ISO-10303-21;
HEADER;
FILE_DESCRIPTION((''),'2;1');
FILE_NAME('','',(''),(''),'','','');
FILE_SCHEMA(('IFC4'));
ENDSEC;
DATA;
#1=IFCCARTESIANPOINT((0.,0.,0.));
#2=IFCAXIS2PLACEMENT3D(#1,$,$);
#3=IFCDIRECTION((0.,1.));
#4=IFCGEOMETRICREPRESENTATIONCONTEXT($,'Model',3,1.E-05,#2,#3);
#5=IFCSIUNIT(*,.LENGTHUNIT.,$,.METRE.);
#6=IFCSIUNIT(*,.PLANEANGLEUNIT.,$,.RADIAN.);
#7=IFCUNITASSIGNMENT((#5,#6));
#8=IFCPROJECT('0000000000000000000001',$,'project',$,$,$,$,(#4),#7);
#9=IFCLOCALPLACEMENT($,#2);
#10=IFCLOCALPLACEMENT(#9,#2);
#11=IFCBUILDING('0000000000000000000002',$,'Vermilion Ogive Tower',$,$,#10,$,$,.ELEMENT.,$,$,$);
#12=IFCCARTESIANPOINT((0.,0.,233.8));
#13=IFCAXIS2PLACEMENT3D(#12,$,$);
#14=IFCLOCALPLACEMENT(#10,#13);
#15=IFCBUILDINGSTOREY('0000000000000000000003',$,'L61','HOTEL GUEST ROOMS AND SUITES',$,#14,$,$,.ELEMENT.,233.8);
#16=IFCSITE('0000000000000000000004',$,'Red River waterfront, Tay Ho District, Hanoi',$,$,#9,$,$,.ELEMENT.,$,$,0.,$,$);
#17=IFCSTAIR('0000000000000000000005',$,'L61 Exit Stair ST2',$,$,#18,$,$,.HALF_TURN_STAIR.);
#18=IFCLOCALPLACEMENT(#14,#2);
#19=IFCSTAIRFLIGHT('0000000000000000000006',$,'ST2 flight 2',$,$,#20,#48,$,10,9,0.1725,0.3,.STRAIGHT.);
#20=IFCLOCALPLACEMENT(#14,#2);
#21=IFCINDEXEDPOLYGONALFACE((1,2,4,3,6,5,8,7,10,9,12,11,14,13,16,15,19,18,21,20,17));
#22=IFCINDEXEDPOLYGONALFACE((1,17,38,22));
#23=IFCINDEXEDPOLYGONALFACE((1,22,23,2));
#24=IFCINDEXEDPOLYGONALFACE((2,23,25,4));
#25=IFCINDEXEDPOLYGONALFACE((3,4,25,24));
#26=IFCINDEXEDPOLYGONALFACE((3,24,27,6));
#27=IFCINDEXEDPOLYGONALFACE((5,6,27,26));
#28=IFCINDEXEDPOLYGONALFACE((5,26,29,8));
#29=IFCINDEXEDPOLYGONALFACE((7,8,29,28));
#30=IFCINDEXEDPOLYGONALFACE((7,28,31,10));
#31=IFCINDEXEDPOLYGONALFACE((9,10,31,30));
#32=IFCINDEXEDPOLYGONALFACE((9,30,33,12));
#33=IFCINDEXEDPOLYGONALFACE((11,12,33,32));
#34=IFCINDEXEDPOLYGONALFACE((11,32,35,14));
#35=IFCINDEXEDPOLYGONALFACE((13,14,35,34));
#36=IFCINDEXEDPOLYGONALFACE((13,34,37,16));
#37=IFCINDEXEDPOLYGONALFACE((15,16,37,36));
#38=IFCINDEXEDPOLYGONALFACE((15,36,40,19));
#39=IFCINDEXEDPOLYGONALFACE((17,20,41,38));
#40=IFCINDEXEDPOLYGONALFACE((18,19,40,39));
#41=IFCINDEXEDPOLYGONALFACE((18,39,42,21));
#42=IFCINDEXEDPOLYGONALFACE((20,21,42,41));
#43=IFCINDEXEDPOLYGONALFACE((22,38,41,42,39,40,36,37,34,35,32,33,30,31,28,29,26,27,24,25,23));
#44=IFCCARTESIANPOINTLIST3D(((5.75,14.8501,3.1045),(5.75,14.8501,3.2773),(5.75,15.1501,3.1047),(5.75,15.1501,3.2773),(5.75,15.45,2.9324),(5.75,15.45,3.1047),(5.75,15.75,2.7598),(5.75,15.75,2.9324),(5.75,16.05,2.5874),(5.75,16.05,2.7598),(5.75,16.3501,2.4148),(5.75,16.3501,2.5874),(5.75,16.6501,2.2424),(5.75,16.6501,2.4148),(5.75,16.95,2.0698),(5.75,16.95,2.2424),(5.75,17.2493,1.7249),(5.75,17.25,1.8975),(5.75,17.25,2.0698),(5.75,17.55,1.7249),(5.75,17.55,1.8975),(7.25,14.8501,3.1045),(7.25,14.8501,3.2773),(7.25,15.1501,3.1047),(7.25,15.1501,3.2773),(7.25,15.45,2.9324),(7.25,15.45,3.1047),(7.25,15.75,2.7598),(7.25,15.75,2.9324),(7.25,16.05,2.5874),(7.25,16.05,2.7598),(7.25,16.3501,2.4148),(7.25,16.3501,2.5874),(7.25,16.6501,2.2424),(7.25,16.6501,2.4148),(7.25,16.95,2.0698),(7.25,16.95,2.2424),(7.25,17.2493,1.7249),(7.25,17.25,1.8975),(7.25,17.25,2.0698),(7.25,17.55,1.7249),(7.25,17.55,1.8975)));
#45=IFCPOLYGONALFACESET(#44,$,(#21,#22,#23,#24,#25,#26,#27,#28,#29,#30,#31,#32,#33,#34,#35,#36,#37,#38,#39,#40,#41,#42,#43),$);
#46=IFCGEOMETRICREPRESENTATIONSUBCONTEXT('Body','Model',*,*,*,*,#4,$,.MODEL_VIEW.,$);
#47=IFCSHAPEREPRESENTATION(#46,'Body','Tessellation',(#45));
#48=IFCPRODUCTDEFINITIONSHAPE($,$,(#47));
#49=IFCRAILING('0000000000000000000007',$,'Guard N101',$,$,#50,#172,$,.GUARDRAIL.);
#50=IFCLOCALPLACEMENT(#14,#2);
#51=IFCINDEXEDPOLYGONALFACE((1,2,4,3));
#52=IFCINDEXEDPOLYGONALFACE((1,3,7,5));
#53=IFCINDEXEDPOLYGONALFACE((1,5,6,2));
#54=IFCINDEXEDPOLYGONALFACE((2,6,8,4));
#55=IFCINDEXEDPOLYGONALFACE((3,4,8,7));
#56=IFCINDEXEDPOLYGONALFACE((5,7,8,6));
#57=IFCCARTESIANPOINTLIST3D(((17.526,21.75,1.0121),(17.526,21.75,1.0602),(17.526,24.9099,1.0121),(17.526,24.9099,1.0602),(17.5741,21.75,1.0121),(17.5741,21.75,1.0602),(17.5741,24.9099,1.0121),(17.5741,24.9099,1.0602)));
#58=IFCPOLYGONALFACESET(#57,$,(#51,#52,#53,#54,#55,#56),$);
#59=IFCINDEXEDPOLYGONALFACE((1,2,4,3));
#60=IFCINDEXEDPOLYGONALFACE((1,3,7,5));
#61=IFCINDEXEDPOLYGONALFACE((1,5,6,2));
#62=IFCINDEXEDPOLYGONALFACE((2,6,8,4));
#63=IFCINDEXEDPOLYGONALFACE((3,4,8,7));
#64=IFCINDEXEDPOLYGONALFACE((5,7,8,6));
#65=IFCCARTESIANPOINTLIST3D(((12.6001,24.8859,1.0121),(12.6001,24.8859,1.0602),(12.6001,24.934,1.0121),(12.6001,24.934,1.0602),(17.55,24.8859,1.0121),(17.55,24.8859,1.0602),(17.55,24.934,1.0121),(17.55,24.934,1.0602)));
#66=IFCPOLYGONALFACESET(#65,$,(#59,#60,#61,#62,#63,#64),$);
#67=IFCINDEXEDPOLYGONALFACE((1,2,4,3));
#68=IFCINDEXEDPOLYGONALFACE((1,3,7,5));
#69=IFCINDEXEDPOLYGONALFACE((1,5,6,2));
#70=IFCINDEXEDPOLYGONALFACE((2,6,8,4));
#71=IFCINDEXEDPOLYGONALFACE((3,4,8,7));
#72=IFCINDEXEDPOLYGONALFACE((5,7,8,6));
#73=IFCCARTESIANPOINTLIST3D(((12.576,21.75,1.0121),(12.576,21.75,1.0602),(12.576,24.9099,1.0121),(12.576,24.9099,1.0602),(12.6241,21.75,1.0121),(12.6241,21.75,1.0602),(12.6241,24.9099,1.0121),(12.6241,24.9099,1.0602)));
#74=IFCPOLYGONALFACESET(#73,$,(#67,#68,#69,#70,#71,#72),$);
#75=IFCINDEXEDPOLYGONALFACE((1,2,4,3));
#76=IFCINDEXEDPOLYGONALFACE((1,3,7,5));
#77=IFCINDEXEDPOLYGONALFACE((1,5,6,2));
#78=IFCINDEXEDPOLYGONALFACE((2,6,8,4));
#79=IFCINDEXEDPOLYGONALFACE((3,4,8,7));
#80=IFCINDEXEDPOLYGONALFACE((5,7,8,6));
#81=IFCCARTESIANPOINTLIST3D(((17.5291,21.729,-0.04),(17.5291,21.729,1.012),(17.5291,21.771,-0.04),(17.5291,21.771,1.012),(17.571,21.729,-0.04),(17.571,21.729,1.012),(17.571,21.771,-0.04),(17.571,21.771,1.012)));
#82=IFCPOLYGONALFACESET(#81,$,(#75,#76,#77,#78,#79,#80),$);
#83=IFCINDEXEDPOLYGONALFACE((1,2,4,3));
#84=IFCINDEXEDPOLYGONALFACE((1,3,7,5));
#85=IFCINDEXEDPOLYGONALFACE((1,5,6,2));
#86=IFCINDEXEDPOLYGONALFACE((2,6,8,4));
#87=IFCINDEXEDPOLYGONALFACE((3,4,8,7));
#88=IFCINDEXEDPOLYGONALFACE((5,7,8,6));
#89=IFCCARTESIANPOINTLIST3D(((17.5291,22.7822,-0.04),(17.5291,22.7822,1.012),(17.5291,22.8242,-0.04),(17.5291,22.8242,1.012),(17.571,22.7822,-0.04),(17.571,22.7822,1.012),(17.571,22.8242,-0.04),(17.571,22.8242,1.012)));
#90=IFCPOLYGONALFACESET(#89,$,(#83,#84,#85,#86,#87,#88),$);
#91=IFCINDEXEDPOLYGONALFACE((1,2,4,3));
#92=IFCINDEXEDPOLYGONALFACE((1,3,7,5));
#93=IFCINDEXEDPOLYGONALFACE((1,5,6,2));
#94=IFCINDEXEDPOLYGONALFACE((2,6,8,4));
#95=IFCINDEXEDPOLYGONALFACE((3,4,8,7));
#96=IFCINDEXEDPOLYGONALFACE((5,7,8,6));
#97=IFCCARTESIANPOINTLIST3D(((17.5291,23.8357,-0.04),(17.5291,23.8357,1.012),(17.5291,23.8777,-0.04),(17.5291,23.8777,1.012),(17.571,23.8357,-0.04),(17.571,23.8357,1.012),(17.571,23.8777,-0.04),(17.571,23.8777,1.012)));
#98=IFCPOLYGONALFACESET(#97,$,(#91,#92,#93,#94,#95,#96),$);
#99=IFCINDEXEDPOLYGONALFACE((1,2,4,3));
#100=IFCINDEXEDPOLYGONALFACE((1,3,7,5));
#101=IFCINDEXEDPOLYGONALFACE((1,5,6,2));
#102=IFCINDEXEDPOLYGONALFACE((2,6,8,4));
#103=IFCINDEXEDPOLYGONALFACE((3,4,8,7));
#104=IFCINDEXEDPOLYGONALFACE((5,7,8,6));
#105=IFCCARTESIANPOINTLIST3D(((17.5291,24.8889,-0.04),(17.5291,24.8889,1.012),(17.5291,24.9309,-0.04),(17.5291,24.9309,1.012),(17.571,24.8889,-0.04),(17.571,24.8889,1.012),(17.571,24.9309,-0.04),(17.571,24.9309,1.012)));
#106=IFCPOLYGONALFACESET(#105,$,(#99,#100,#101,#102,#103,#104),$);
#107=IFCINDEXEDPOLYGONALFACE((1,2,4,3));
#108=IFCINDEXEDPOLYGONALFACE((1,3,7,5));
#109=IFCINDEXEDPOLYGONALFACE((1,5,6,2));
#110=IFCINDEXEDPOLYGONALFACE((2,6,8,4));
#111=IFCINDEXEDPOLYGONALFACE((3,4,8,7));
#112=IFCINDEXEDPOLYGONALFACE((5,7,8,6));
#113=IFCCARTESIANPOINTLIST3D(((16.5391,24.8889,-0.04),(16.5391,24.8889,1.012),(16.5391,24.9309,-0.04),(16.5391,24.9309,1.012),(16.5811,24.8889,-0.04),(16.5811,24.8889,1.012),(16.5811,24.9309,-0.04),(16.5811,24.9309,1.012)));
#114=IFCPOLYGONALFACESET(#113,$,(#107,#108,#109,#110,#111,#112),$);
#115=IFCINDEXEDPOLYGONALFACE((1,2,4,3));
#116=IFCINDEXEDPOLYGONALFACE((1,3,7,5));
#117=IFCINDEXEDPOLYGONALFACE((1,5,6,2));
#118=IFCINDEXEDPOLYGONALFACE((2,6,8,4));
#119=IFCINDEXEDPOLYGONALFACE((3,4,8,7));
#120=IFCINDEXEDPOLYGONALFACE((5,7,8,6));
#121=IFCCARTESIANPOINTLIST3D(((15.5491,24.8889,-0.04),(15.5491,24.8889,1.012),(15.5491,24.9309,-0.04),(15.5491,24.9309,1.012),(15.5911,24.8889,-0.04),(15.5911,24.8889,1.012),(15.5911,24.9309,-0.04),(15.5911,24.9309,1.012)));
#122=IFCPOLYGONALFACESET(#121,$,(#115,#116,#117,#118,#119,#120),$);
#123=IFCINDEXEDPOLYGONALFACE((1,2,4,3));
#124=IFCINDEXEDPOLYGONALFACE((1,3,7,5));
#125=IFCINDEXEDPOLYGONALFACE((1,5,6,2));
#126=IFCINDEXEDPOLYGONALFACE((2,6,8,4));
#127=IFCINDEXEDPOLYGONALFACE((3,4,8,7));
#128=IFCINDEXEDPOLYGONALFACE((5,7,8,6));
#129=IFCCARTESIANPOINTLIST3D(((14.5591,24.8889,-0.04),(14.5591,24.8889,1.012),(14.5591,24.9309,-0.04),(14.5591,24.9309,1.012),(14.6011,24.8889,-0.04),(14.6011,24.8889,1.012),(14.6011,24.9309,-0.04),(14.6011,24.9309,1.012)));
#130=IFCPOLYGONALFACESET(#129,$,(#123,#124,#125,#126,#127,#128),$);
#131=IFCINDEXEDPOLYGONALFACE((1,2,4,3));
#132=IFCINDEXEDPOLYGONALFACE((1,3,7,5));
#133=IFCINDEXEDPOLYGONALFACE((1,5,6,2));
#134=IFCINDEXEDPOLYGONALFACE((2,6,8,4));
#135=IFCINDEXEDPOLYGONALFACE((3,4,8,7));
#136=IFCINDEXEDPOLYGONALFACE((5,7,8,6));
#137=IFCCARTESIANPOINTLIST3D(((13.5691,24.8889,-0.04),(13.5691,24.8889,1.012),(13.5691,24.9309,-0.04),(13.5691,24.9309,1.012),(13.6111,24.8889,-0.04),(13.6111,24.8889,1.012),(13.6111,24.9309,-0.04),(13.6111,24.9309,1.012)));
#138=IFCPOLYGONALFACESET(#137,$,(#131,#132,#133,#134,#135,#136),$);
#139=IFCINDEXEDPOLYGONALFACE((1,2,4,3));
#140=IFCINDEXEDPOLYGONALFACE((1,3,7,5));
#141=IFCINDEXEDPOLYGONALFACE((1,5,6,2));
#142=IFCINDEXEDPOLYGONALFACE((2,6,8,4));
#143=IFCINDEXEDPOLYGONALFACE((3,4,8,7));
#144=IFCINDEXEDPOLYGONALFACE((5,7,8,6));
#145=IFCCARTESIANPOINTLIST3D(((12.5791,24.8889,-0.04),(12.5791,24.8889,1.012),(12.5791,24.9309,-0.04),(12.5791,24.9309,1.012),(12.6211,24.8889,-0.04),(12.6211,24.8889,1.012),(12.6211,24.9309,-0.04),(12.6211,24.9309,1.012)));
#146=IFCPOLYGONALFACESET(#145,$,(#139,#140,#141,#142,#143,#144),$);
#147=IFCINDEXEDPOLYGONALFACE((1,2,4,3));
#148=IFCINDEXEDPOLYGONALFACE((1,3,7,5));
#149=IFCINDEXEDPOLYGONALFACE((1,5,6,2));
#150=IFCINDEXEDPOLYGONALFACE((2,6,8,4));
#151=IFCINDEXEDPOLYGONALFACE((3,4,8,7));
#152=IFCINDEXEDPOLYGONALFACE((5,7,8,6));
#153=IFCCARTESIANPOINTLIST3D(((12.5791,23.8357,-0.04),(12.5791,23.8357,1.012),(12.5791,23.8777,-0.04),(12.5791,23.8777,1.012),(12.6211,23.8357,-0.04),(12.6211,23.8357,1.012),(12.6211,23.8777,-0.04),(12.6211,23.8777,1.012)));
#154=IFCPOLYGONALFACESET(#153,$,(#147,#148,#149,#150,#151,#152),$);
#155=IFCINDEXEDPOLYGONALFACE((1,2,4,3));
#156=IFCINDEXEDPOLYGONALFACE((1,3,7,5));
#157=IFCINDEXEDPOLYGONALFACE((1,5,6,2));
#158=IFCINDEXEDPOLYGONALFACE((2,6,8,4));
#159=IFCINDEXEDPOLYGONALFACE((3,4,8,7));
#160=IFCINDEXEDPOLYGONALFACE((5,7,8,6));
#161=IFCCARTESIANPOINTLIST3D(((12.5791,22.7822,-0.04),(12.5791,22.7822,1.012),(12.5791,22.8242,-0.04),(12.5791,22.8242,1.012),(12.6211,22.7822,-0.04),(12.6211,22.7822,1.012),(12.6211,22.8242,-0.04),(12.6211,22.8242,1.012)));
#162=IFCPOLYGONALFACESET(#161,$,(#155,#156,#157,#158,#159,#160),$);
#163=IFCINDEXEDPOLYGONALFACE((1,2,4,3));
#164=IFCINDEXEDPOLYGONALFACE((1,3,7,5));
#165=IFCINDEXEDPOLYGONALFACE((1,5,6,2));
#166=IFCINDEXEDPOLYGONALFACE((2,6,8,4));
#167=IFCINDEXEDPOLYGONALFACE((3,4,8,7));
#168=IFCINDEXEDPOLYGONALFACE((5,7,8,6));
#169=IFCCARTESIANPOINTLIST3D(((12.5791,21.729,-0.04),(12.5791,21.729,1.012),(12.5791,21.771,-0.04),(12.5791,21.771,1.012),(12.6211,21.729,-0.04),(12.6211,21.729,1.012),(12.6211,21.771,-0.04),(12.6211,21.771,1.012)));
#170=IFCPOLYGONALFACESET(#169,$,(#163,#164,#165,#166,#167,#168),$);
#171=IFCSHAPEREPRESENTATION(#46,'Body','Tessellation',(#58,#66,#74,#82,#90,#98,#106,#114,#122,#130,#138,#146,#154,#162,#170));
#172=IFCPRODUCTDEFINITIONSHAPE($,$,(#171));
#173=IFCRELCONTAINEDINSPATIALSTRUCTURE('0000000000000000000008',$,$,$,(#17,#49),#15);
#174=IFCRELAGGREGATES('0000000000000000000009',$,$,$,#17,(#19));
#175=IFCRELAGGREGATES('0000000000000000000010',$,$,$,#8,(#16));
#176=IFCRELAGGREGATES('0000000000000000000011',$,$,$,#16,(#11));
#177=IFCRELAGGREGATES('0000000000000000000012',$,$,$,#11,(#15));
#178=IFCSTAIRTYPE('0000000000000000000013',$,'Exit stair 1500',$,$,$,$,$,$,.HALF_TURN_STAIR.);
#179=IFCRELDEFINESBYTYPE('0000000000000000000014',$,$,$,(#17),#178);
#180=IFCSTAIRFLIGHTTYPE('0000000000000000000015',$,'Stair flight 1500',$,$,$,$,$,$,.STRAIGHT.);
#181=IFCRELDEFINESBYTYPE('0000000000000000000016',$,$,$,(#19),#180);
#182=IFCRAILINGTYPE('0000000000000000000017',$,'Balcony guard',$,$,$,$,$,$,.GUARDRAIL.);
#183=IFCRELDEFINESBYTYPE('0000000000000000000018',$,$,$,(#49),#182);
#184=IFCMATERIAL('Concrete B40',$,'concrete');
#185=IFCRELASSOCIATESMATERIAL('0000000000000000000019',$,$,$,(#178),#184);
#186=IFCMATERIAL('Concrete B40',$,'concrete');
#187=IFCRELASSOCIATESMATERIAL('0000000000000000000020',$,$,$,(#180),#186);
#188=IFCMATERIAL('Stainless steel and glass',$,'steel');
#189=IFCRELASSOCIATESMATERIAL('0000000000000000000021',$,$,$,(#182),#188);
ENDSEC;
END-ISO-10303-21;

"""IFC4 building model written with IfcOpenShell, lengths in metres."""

from ifc_helpers import new_model, si_unit, direction, frame, origin, origin_2d, place, context, subcontext, project, spatial, polyline, rectangle, outline, extrude, material, type_object, element, aggregate, save


model = new_model("IFC4")

# Units and contexts
model_context = context("Model", 3, precision=1e-05, world=origin(), true_north=direction((0.0, 1.0)))
body_context = subcontext(model_context, "Body", "Model", "MODEL_VIEW")
ifc_project = project(units=[si_unit("LENGTHUNIT", "METRE"), si_unit("PLANEANGLEUNIT", "RADIAN")], contexts=[model_context])

# Site, building, storey
site_placement = place(None, origin())
site = spatial("IfcSite", under=ifc_project, at=site_placement, Name="Red River waterfront, Tay Ho District, Hanoi", CompositionType="ELEMENT", RefElevation=0.0)
building_placement = place(site_placement, origin())
building = spatial("IfcBuilding", under=site, at=building_placement, Name="Vermilion Ogive Tower", CompositionType="ELEMENT")
storey_placement = place(building_placement, frame((0.0, 0.0, 233.8)))
storey = spatial("IfcBuildingStorey", under=building, at=storey_placement, Name="L61", Description="HOTEL GUEST ROOMS AND SUITES", CompositionType="ELEMENT", Elevation=233.8)

# Stair, stair flight
ifc_material_1 = material(Name="Concrete B40", Category="concrete")
stair_type = type_object("IfcStairType", Name="Exit stair 1500", PredefinedType="HALF_TURN_STAIR", material=ifc_material_1)
stair_placement = place(storey_placement, origin())
stair = element("IfcStair", 1, at=stair_placement, inside=storey, type_object=stair_type, Name="L61 Exit Stair ST2", PredefinedType="HALF_TURN_STAIR")
ifc_material_2 = material(Name="Concrete B40", Category="concrete")
stair_flight_type = type_object("IfcStairFlightType", Name="Stair flight 1500", PredefinedType="STRAIGHT", material=ifc_material_2)
stair_flight_placement = place(storey_placement, frame((6.5, 17.55, 1.7249), z_axis=(0.0, 0.0, 1.0), x_axis=(0.0, -1.0, 0.0)))
stair_flight = element("IfcStairFlight", 2, at=stair_flight_placement, type_object=stair_flight_type, Name="ST2 flight 2", NumberOfRisers=10, NumberOfTreads=9, PredefinedType="STRAIGHT", RiserHeight=0.1725, TreadLength=0.3, context=body_context, shape_type="SweptSolid", body=[
    extrude(outline(polyline([(0.0, 0.0), (0.0, 0.1726), (0.3, 0.1726), (0.3, 0.345), (0.6001, 0.345), (0.6001, 0.5176), (0.8999, 0.5176), (0.8999, 0.6899), (1.2, 0.6899), (1.2, 0.8625), (1.5, 0.8625), (1.5, 1.0349), (1.8, 1.0349), (1.8, 1.2075), (2.1001, 1.2075), (2.1001, 1.3799), (2.3999, 1.3799), (2.3999, 1.5525), (2.7, 1.5525), (2.7, 1.7251), (2.7, 1.3796), (0.3008, 0.0), (0.0, 0.0)])), frame((0.0, 0.75, 0.0), z_axis=(0.0, -1.0, 0.0), x_axis=(1.0, 0.0, 0.0)), (0.0, 0.0, 1.0), 1.5),
])
aggregate(stair, [stair_flight])

# Railing
ifc_material_3 = material(Name="Stainless steel and glass", Category="steel")
railing_type_1 = type_object("IfcRailingType", Name="Balcony guard", PredefinedType="GUARDRAIL", material=ifc_material_3)
railing_1_placement = place(storey_placement, frame((17.55, 21.75, -0.04)))
element("IfcRailing", 3, at=railing_1_placement, inside=storey, type_object=railing_type_1, Name="Guard N101", PredefinedType="GUARDRAIL", context=body_context, shape_type="SweptSolid", body=[
    extrude(rectangle(XDim=0.0481, YDim=0.0481, at=origin_2d()), frame((0.0, 0.0, 1.0762), z_axis=(0.0, 1.0, 0.0), x_axis=(-1.0, 0.0, 0.0)), (0.0, 0.0, 1.0), 3.1599),
    extrude(rectangle(XDim=0.0481, YDim=0.0481, at=origin_2d()), frame((0.0, 3.1599, 1.0762), z_axis=(-1.0, 0.0, 0.0), x_axis=(0.0, -1.0, 0.0)), (0.0, 0.0, 1.0), 4.95),
    extrude(rectangle(XDim=0.0481, YDim=0.0481, at=origin_2d()), frame((-4.95, 3.1599, 1.0762), z_axis=(0.0, -1.0, 0.0), x_axis=(1.0, 0.0, 0.0)), (0.0, 0.0, 1.0), 3.1599),
    extrude(rectangle(XDim=0.042, YDim=0.042, at=origin_2d()), origin(), (0.0, 0.0, 1.0), 1.052),
    extrude(rectangle(XDim=0.042, YDim=0.042, at=origin_2d()), frame((0.0, 1.0532, 0.0)), (0.0, 0.0, 1.0), 1.052),
    extrude(rectangle(XDim=0.042, YDim=0.042, at=origin_2d()), frame((0.0, 2.1067, 0.0)), (0.0, 0.0, 1.0), 1.052),
    extrude(rectangle(XDim=0.042, YDim=0.042, at=origin_2d()), frame((0.0, 3.1599, 0.0)), (0.0, 0.0, 1.0), 1.052),
    extrude(rectangle(XDim=0.042, YDim=0.042, at=origin_2d()), frame((-0.99, 3.1599, 0.0)), (0.0, 0.0, 1.0), 1.052),
    extrude(rectangle(XDim=0.042, YDim=0.042, at=origin_2d()), frame((-1.98, 3.1599, 0.0)), (0.0, 0.0, 1.0), 1.052),
    extrude(rectangle(XDim=0.042, YDim=0.042, at=origin_2d()), frame((-2.97, 3.1599, 0.0)), (0.0, 0.0, 1.0), 1.052),
    extrude(rectangle(XDim=0.042, YDim=0.042, at=origin_2d()), frame((-3.96, 3.1599, 0.0)), (0.0, 0.0, 1.0), 1.052),
    extrude(rectangle(XDim=0.042, YDim=0.042, at=origin_2d()), frame((-4.95, 3.1599, 0.0)), (0.0, 0.0, 1.0), 1.052),
    extrude(rectangle(XDim=0.042, YDim=0.042, at=origin_2d()), frame((-4.95, 2.1067, 0.0)), (0.0, 0.0, 1.0), 1.052),
    extrude(rectangle(XDim=0.042, YDim=0.042, at=origin_2d()), frame((-4.95, 1.0532, 0.0)), (0.0, 0.0, 1.0), 1.052),
    extrude(rectangle(XDim=0.042, YDim=0.042, at=origin_2d()), frame((-4.95, 0.0, 0.0)), (0.0, 0.0, 1.0), 1.052),
])

save(model, "model.ifc")
